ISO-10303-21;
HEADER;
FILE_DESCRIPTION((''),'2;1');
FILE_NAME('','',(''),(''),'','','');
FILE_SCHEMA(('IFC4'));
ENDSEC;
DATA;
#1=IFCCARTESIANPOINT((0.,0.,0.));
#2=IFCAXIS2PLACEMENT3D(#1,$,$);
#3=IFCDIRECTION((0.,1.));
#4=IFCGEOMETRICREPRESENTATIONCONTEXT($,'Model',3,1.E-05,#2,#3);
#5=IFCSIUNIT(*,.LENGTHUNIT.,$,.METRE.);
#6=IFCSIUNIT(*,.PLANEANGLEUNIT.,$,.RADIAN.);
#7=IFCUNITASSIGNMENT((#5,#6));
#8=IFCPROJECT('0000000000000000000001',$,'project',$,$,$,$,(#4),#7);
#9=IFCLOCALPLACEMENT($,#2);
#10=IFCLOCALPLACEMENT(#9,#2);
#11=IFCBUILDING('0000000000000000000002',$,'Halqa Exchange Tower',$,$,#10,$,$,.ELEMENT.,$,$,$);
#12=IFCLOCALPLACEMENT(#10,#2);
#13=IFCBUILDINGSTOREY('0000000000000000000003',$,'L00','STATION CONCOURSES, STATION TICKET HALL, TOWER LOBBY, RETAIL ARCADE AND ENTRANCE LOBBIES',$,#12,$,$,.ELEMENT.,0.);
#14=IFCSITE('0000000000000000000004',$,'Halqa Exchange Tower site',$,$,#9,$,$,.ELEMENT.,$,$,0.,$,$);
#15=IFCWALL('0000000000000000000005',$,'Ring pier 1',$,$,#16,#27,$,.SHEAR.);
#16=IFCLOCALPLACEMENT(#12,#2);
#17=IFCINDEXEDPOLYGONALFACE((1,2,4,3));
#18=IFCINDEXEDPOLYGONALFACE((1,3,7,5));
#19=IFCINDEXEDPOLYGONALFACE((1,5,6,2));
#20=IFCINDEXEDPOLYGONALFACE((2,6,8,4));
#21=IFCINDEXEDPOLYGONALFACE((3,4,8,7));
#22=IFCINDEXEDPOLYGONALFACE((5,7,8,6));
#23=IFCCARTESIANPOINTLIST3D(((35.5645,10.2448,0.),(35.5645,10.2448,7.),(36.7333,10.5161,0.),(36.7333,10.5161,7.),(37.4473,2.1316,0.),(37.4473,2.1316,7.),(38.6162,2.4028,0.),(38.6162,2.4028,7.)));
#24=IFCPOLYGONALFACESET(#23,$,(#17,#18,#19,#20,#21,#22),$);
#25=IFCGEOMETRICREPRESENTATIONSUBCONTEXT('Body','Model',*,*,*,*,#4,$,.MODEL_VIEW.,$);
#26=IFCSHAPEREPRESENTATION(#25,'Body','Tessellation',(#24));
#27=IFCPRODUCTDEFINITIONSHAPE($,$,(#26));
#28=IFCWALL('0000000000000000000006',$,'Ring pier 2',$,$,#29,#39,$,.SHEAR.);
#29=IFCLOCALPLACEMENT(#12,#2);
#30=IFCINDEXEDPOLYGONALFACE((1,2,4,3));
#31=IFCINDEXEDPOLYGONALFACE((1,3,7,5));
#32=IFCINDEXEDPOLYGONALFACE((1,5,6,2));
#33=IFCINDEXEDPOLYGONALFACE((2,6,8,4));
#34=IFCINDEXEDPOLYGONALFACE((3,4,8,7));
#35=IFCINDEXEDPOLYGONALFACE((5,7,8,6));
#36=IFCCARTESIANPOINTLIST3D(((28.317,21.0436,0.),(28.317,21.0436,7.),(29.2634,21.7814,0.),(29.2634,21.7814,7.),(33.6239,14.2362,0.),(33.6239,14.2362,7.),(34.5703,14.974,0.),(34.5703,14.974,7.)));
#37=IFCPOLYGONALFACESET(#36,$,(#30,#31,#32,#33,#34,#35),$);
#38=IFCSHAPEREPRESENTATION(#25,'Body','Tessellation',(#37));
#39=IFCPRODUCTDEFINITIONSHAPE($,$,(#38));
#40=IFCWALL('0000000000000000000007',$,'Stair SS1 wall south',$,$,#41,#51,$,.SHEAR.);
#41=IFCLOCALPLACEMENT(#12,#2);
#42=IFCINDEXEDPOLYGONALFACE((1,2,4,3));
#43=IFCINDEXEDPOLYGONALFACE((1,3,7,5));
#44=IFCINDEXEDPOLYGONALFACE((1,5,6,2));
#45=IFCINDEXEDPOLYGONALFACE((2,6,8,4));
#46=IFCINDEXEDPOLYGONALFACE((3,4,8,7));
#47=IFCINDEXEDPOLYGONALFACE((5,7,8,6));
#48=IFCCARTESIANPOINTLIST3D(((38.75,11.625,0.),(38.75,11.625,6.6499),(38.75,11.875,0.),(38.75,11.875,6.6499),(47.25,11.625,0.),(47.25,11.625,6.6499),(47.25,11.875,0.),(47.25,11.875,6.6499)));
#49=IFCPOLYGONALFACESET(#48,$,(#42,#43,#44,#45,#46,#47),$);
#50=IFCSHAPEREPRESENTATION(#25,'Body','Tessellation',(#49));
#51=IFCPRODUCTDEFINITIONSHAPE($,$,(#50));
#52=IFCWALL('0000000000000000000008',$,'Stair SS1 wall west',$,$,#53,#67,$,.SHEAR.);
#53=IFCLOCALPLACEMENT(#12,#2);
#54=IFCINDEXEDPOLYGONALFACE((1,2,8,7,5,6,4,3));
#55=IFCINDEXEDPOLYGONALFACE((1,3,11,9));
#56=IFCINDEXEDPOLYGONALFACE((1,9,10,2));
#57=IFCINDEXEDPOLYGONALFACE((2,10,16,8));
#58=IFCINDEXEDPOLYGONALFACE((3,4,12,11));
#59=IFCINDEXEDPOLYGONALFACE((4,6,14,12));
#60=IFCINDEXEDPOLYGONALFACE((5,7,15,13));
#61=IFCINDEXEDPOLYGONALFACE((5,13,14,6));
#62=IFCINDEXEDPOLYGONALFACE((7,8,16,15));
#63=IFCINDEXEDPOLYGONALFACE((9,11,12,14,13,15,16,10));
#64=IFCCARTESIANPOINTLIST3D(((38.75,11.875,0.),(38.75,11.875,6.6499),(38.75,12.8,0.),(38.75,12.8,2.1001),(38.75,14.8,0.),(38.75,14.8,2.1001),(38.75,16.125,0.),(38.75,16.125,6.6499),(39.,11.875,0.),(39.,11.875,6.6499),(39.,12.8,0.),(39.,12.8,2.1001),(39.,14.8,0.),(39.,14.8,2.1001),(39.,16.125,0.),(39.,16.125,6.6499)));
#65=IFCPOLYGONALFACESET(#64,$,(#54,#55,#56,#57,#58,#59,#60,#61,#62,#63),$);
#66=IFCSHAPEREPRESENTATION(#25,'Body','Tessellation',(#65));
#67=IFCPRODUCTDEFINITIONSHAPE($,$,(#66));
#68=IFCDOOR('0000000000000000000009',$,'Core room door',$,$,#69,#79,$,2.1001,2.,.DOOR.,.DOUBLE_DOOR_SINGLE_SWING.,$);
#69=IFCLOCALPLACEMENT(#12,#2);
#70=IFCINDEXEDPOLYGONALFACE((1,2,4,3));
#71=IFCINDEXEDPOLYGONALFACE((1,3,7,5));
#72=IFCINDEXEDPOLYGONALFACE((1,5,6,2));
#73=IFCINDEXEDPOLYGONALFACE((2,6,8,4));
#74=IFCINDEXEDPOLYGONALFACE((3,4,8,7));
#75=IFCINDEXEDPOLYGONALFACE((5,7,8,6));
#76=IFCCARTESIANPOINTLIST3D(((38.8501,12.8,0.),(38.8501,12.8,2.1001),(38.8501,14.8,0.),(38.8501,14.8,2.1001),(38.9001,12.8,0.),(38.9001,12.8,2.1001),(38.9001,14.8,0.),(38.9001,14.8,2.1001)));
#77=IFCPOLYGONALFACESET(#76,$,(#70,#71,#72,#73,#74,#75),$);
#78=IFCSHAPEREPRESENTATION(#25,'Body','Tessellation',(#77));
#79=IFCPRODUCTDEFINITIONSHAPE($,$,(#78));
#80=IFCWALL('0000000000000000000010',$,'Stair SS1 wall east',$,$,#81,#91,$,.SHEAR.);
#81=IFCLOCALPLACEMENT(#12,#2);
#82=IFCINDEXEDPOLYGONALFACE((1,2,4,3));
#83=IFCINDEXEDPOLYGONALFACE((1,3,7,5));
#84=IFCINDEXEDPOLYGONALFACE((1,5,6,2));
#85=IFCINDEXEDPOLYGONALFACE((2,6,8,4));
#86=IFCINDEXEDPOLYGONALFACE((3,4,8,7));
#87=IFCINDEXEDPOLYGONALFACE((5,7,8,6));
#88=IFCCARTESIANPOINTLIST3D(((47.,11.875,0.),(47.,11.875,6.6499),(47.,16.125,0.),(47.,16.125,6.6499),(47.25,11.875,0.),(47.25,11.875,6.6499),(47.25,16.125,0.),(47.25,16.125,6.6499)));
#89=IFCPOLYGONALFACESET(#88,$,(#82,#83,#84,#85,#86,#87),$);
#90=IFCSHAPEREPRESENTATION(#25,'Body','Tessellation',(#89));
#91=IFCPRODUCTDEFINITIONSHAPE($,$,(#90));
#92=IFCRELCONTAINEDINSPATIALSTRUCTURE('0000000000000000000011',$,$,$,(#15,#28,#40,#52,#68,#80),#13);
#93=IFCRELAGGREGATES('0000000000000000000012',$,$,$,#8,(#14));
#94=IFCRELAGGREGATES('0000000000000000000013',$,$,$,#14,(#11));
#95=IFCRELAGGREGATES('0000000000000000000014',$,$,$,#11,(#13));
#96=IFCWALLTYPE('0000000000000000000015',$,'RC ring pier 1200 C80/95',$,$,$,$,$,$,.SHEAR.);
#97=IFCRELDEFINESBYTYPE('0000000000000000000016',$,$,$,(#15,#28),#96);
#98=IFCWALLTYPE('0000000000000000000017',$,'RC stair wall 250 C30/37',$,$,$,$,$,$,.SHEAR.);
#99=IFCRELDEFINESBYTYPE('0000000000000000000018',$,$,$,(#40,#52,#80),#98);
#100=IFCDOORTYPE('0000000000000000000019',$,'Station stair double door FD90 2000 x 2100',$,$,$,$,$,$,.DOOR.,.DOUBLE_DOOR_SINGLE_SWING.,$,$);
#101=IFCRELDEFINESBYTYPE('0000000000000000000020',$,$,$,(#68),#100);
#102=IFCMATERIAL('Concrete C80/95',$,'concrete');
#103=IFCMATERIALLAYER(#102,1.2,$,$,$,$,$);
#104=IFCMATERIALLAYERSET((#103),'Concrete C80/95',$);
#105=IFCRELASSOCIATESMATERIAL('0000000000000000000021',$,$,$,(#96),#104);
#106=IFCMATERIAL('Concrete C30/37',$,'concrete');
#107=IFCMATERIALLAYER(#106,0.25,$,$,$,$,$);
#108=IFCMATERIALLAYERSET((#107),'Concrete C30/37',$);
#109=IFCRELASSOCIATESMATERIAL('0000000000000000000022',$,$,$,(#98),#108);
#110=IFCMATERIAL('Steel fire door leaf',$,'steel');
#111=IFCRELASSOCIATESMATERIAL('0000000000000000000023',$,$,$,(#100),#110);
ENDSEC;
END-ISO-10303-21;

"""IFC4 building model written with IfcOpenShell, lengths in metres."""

from ifc_helpers import new_model, si_unit, direction, frame, frame_2d, origin, place, context, subcontext, project, spatial, rectangle, extrude, material, layer, layer_set, type_object, element, fill, save


model = new_model("IFC4")

# Units and contexts
model_context = context("Model", 3, precision=1e-05, world=origin(), true_north=direction((0.0, 1.0)))
body_context = subcontext(model_context, "Body", "Model", "MODEL_VIEW")
ifc_project = project(units=[si_unit("LENGTHUNIT", "METRE"), si_unit("PLANEANGLEUNIT", "RADIAN")], contexts=[model_context])

# Site, building, storey
site_placement = place(None, origin())
site = spatial("IfcSite", under=ifc_project, at=site_placement, Name="Halqa Exchange Tower site", CompositionType="ELEMENT", RefElevation=0.0)
building_placement = place(site_placement, origin())
building = spatial("IfcBuilding", under=site, at=building_placement, Name="Halqa Exchange Tower", CompositionType="ELEMENT")
storey_placement = place(building_placement, origin())
storey = spatial("IfcBuildingStorey", under=building, at=storey_placement, Name="L00", Description="STATION CONCOURSES, STATION TICKET HALL, TOWER LOBBY, RETAIL ARCADE AND ENTRANCE LOBBIES", CompositionType="ELEMENT", Elevation=0.0)

# Shared definitions
ifc_material_1 = material(Name="Steel fire door leaf", Category="steel")

# Walls
ifc_material_2 = material(Name="Concrete C80/95", Category="concrete")
ifc_layer_1 = layer(ifc_material_2, 1.2)
ifc_layer_set_1 = layer_set([ifc_layer_1], Name="Concrete C80/95")
wall_type_1 = type_object("IfcWallType", Name="RC ring pier 1200 C80/95", PredefinedType="SHEAR", material=ifc_layer_set_1)
wall_1_placement = place(storey_placement, frame((38.0317, 2.2671, 0.0), z_axis=(0.0, 0.0, 1.0), x_axis=(-0.226058, 0.974114, 0.0)))
element("IfcWall", 1, at=wall_1_placement, inside=storey, type_object=wall_type_1, Name="Ring pier 1", PredefinedType="SHEAR", context=body_context, shape_type="SweptSolid", body=[
    extrude(rectangle(XDim=8.3289, YDim=1.2, at=frame_2d((4.1646, 0.0))), origin(), (0.0, 0.0, 1.0), 7.0),
])
wall_2_placement = place(storey_placement, frame((34.0972, 14.605, 0.0), z_axis=(0.0, 0.0, 1.0), x_axis=(-0.614825, 0.788663, 0.0)))
element("IfcWall", 2, at=wall_2_placement, inside=storey, type_object=wall_type_1, Name="Ring pier 2", PredefinedType="SHEAR", context=body_context, shape_type="SweptSolid", body=[
    extrude(rectangle(XDim=8.6316, YDim=1.2, at=frame_2d((4.3159, 0.0))), origin(), (0.0, 0.0, 1.0), 7.0),
])
ifc_material_3 = material(Name="Concrete C30/37", Category="concrete")
ifc_layer_2 = layer(ifc_material_3, 0.25)
ifc_layer_set_2 = layer_set([ifc_layer_2], Name="Concrete C30/37")
wall_type_2 = type_object("IfcWallType", Name="RC stair wall 250 C30/37", PredefinedType="SHEAR", material=ifc_layer_set_2)
wall_3_placement = place(storey_placement, frame((38.75, 11.75, 0.0), z_axis=(0.0, 0.0, 1.0), x_axis=(1.0, 0.0, 0.0)))
element("IfcWall", 3, at=wall_3_placement, inside=storey, type_object=wall_type_2, Name="Stair SS1 wall south", PredefinedType="SHEAR", context=body_context, shape_type="SweptSolid", body=[
    extrude(rectangle(XDim=8.5, YDim=0.25, at=frame_2d((4.25, 0.0))), origin(), (0.0, 0.0, 1.0), 6.6499),
])

# Wall, opening, door
wall_4_placement = place(storey_placement, frame((38.875, 11.875, 0.0), z_axis=(0.0, 0.0, 1.0), x_axis=(0.0, 1.0, 0.0)))
wall_4 = element("IfcWall", 4, at=wall_4_placement, inside=storey, type_object=wall_type_2, Name="Stair SS1 wall west", PredefinedType="SHEAR", context=body_context, shape_type="SweptSolid", body=[
    extrude(rectangle(XDim=4.25, YDim=0.25, at=frame_2d((2.125, 0.0))), origin(), (0.0, 0.0, 1.0), 6.6499),
])
opening_1_placement = place(wall_4_placement, frame((0.925, 0.0, 0.0)))
opening_1 = element("IfcOpeningElement", 5, at=opening_1_placement, cuts=wall_4, PredefinedType="OPENING", context=body_context, shape_type="SweptSolid", body=[
    extrude(rectangle(XDim=2.0, YDim=2.1001, at=frame_2d((1.0, 1.05))), frame((0.0, 0.137, 0.0), z_axis=(0.0, -1.0, 0.0), x_axis=(1.0, 0.0, 0.0)), (0.0, 0.0, 1.0), 0.2739),
])
door_type_1 = type_object("IfcDoorType", Name="Station stair double door FD90 2000 x 2100", OperationType="DOUBLE_DOOR_SINGLE_SWING", PredefinedType="DOOR", material=ifc_material_1)
door_1_placement = place(opening_1_placement, origin())
door_1 = element("IfcDoor", 6, at=door_1_placement, inside=storey, type_object=door_type_1, Name="Core room door", OperationType="DOUBLE_DOOR_SINGLE_SWING", OverallHeight=2.1001, OverallWidth=2.0, PredefinedType="DOOR", context=body_context, shape_type="SweptSolid", body=[
    extrude(rectangle(XDim=2.0, YDim=2.1001, at=frame_2d((1.0, 1.05))), frame((0.0, 0.0249, 0.0), z_axis=(0.0, -1.0, 0.0), x_axis=(1.0, 0.0, 0.0)), (0.0, 0.0, 1.0), 0.05),
])
fill(opening_1, door_1)

# Wall
wall_5_placement = place(storey_placement, frame((47.125, 11.875, 0.0), z_axis=(0.0, 0.0, 1.0), x_axis=(0.0, 1.0, 0.0)))
element("IfcWall", 7, at=wall_5_placement, inside=storey, type_object=wall_type_2, Name="Stair SS1 wall east", PredefinedType="SHEAR", context=body_context, shape_type="SweptSolid", body=[
    extrude(rectangle(XDim=4.25, YDim=0.25, at=frame_2d((2.125, 0.0))), origin(), (0.0, 0.0, 1.0), 6.6499),
])

save(model, "model.ifc")
